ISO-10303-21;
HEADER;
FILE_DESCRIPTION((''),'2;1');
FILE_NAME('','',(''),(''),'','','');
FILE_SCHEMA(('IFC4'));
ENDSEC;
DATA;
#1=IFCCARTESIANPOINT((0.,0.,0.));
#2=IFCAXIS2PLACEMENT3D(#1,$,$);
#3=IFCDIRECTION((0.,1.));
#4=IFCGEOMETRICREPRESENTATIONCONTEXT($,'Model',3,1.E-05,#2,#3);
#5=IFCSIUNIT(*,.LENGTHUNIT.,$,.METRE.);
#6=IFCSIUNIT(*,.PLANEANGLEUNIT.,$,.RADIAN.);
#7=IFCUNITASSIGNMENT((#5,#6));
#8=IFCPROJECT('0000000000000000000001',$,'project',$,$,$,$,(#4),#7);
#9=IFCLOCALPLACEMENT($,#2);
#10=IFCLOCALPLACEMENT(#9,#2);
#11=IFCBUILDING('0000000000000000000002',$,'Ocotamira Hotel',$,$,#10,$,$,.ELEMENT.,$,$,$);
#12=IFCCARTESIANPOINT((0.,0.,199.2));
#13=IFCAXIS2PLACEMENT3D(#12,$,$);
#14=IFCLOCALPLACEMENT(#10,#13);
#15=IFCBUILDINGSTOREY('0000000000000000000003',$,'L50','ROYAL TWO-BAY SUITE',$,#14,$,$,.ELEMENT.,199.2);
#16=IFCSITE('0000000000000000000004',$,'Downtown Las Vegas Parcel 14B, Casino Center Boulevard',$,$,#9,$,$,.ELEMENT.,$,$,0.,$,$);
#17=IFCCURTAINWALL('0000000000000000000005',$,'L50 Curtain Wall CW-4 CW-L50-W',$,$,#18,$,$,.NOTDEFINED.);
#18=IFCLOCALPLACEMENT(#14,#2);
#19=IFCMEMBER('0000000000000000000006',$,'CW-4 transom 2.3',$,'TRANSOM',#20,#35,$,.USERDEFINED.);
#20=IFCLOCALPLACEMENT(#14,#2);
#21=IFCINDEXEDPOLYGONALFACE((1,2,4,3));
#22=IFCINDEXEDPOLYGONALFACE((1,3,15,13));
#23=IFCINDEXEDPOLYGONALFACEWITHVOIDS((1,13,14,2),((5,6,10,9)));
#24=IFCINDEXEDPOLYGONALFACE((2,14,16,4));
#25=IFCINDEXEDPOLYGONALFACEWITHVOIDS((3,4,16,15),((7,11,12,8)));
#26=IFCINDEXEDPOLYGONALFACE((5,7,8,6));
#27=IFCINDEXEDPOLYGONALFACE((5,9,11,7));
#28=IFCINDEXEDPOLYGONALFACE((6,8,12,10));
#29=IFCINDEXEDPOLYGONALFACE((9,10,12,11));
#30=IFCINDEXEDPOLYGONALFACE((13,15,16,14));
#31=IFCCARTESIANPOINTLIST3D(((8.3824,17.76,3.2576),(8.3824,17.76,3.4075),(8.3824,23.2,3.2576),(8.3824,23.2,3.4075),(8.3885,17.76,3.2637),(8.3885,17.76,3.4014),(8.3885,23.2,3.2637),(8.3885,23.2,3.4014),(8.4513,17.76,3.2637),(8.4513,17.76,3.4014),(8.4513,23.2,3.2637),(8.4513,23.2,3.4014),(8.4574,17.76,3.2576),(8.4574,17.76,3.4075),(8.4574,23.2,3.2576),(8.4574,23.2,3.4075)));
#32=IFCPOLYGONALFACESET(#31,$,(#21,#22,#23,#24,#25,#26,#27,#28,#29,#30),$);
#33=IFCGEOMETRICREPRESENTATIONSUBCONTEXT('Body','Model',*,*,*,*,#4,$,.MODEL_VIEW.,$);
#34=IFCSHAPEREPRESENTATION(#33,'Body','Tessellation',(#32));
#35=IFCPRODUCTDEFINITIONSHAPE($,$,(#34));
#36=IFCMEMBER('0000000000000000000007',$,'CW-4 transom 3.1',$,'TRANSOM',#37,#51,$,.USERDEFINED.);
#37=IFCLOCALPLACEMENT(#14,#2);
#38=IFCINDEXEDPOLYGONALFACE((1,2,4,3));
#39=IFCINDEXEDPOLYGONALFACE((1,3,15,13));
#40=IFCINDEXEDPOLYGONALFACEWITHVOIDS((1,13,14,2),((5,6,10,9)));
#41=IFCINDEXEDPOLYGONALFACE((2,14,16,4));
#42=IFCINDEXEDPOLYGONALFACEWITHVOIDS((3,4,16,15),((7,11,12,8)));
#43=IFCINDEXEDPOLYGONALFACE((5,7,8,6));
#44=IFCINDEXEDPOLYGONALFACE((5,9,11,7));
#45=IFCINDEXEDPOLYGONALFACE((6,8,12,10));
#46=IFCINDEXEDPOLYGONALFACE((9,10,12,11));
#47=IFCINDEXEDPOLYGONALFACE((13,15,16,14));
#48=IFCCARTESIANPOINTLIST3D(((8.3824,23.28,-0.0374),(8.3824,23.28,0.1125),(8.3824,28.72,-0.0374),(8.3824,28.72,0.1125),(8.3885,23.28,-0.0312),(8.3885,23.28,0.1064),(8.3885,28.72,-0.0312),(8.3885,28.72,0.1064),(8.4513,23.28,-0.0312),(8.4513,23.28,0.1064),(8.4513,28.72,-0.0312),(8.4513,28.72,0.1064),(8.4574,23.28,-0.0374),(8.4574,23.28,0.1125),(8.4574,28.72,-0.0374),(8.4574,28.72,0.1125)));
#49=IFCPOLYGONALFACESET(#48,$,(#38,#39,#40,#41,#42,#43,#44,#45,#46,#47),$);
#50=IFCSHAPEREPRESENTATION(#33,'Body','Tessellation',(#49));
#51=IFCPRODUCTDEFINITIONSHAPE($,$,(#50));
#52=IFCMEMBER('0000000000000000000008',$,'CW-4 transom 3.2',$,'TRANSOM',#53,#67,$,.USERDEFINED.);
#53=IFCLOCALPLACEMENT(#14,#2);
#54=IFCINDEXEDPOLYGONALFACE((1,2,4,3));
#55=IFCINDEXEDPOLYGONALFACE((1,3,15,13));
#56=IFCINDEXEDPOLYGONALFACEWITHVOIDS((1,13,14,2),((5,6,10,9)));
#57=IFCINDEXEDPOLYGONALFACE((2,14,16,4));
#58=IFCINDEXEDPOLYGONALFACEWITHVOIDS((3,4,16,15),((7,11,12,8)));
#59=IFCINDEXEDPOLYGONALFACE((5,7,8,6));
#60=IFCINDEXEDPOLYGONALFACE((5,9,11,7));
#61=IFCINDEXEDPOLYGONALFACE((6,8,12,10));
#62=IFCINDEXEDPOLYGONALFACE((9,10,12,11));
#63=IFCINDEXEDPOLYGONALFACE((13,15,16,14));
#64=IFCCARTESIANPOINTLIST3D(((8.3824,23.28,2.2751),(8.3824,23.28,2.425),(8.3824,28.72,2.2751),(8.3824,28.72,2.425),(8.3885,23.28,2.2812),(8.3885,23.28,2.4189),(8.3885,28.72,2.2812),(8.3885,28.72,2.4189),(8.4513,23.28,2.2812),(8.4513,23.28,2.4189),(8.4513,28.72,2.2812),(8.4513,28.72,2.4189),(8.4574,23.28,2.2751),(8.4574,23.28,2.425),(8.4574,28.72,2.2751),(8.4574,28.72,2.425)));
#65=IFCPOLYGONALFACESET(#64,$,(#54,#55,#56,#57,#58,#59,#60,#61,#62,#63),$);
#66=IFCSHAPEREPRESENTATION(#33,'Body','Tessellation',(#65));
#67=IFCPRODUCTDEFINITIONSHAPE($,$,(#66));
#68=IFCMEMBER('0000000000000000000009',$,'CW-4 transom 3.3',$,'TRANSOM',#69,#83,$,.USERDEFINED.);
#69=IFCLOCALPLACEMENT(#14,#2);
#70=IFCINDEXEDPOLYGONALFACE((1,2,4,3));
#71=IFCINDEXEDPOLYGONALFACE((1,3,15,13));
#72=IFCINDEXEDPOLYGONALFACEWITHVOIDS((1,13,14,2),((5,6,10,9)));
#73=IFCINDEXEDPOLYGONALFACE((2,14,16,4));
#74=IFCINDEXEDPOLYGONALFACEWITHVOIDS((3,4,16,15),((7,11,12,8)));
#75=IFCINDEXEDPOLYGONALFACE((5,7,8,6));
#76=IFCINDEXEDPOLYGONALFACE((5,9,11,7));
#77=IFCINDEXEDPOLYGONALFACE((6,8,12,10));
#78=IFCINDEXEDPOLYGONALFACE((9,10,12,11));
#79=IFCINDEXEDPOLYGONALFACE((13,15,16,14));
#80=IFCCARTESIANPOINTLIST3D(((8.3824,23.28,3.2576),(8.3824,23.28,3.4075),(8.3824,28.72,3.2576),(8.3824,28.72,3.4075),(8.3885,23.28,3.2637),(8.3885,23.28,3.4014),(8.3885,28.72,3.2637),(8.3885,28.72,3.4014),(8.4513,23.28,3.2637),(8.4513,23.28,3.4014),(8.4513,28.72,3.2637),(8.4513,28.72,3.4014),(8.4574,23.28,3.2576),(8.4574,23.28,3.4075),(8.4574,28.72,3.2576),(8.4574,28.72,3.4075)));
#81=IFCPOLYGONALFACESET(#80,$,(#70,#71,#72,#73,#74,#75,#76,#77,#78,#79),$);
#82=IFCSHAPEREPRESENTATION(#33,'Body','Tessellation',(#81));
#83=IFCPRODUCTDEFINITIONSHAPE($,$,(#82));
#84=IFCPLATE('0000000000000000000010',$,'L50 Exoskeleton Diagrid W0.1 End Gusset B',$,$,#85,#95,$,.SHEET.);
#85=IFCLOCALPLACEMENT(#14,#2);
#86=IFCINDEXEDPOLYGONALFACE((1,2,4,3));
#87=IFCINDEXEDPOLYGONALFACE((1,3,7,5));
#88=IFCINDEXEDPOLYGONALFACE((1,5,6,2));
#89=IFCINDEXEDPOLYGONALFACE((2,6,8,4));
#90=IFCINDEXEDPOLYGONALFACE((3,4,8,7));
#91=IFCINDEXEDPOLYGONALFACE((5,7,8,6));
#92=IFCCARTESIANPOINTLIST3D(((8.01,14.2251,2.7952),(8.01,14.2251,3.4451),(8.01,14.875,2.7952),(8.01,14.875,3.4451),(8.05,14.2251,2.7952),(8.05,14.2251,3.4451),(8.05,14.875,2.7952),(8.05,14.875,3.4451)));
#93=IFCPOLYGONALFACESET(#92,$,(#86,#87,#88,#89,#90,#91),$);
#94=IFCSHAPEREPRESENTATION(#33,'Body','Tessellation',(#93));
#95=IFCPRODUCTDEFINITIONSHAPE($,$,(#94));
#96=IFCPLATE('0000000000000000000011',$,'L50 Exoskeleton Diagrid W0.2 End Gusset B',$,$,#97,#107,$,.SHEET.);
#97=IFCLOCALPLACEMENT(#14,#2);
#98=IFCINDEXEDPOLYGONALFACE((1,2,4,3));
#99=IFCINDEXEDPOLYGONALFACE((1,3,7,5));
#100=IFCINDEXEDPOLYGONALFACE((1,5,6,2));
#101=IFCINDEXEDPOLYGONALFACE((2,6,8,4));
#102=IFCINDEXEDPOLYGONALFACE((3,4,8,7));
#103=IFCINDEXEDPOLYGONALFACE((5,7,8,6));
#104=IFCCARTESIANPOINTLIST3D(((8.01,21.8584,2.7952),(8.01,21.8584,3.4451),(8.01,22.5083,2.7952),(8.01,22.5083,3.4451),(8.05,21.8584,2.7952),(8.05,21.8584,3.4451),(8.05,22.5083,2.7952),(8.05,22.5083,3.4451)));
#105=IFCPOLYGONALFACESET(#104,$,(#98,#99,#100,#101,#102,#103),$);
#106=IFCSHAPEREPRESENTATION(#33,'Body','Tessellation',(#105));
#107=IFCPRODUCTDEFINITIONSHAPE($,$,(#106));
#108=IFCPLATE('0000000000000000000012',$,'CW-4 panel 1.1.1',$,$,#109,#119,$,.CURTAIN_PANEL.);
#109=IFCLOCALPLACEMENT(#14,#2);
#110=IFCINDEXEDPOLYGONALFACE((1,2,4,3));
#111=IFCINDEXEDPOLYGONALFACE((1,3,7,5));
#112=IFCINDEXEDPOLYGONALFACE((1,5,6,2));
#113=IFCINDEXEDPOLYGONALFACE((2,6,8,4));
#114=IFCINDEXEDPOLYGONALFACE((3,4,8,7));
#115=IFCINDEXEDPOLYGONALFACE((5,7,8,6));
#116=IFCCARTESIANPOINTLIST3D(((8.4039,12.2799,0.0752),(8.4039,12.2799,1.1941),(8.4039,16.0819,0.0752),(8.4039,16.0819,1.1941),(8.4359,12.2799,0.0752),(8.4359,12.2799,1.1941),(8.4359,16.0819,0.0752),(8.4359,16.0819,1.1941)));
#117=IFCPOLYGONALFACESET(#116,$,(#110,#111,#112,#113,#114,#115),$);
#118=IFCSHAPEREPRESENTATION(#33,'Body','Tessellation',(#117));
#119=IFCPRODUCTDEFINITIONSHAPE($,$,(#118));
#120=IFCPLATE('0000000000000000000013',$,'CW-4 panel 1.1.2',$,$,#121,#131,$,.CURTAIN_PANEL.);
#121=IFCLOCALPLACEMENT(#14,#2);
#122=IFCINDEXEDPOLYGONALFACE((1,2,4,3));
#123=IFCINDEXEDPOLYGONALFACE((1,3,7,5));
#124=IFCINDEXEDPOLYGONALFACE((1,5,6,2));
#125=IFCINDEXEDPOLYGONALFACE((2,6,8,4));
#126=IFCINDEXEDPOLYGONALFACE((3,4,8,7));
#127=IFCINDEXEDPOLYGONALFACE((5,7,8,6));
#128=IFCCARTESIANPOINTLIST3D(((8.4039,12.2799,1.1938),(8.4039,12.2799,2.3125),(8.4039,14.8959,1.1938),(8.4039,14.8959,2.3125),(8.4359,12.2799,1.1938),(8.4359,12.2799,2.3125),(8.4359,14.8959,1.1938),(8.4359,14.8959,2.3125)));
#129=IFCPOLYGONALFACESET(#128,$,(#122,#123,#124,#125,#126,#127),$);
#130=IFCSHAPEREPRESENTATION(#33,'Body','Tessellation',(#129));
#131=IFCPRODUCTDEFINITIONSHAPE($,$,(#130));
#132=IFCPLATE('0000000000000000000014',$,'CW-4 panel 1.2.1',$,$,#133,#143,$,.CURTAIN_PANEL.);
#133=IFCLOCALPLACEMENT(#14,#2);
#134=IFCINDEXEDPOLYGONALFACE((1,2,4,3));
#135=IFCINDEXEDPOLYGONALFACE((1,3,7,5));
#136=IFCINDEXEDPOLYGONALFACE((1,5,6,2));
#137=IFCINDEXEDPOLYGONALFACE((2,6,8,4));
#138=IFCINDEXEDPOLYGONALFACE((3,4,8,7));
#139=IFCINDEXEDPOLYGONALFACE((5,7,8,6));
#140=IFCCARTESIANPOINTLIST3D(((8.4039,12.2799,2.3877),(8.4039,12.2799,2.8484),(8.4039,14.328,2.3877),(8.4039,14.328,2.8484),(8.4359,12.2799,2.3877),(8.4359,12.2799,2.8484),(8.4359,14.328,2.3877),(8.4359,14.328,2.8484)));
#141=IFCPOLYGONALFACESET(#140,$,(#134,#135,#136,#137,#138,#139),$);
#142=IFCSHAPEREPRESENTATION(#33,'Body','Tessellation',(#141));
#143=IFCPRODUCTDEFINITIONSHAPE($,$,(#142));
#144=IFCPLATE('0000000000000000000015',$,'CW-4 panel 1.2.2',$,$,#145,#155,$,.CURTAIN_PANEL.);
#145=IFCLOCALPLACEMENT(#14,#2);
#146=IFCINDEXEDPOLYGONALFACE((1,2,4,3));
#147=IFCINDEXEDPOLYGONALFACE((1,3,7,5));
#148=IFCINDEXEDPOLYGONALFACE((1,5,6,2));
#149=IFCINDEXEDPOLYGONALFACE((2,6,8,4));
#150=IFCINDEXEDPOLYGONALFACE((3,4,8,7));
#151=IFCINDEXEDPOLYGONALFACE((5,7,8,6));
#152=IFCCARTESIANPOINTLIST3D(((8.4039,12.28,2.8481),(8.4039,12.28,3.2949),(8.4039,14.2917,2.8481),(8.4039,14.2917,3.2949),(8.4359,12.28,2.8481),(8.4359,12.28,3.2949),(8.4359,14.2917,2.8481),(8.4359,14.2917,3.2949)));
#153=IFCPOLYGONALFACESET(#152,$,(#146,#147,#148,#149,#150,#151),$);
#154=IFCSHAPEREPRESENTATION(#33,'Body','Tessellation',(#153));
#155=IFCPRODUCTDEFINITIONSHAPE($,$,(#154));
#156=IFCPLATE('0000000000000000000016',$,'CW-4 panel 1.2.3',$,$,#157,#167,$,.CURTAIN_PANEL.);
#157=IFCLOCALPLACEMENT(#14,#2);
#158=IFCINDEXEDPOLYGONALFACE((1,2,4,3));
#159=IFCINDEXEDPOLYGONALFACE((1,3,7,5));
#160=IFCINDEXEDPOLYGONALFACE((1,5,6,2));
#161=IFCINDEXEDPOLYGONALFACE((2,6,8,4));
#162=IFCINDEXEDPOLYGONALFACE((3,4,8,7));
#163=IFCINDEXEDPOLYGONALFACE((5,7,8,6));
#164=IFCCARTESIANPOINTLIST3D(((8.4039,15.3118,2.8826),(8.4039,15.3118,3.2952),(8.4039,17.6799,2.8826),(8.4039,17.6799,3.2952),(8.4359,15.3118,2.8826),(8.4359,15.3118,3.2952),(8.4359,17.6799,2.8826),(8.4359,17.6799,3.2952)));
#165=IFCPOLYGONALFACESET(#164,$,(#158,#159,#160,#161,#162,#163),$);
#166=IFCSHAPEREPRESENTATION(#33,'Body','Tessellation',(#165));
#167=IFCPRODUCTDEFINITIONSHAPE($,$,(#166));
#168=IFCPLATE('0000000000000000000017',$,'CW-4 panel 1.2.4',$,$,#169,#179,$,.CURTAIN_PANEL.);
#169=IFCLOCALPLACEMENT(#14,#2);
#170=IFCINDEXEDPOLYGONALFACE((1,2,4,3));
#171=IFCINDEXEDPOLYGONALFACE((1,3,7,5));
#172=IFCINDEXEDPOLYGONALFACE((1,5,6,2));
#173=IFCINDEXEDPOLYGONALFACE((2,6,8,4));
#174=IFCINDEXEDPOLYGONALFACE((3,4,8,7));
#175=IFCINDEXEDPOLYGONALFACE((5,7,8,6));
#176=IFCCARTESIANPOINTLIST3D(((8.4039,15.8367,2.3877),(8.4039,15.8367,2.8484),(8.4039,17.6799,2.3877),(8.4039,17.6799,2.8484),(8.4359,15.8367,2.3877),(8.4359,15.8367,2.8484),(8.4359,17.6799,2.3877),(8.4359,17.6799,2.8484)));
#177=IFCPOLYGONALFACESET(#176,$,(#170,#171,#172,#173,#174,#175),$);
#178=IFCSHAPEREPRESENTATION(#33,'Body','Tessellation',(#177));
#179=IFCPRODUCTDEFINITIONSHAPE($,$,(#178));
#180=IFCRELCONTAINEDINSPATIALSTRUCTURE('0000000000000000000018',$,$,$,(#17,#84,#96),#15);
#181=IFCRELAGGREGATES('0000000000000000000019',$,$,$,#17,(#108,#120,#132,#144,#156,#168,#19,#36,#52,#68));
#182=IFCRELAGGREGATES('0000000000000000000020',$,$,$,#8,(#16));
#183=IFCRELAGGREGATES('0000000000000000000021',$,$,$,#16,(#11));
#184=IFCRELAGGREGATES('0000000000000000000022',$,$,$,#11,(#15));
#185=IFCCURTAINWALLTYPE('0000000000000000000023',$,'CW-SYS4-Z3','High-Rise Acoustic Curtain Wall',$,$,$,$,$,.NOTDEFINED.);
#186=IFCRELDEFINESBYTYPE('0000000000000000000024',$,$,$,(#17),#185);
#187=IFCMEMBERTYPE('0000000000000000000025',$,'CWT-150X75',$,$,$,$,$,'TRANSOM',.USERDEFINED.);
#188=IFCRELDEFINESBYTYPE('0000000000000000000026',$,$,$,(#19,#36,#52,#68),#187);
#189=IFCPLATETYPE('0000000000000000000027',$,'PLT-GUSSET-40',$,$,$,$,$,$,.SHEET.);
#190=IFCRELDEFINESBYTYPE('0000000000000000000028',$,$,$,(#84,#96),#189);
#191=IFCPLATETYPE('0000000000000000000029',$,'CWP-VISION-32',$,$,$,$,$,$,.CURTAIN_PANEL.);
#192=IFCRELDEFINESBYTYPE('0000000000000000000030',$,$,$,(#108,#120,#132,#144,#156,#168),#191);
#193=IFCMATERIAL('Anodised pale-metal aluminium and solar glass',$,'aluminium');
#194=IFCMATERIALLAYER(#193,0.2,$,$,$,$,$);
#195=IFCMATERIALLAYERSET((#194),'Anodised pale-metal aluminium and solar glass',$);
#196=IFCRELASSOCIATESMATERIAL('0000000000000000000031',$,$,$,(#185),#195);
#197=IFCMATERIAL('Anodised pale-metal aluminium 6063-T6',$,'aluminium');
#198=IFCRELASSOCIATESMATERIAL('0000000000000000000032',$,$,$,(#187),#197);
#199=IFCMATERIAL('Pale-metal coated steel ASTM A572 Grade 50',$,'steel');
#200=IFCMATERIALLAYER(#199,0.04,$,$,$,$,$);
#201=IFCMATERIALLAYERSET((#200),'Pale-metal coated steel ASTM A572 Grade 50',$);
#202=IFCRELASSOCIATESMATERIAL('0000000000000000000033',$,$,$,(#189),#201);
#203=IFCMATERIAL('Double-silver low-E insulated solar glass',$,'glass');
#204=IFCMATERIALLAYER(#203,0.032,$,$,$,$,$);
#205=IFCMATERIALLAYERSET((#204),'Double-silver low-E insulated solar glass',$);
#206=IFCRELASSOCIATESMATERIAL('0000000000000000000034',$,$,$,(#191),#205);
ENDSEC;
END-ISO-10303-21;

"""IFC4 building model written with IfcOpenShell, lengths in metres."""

from ifc_helpers import new_model, si_unit, direction, frame, origin, origin_2d, place, context, subcontext, project, spatial, rectangle, hollow_rectangle, extrude, source, transform, mapped, material, layer, layer_set, material_profile, profile_set, type_object, element, aggregate, save


model = new_model("IFC4")

# Units and contexts
model_context = context("Model", 3, precision=1e-05, world=origin(), true_north=direction((0.0, 1.0)))
body_context = subcontext(model_context, "Body", "Model", "MODEL_VIEW")
ifc_project = project(units=[si_unit("LENGTHUNIT", "METRE"), si_unit("PLANEANGLEUNIT", "RADIAN")], contexts=[model_context])

# Site, building, storey
site_placement = place(None, origin())
site = spatial("IfcSite", under=ifc_project, at=site_placement, Name="Downtown Las Vegas Parcel 14B, Casino Center Boulevard", CompositionType="ELEMENT", RefElevation=0.0)
building_placement = place(site_placement, origin())
building = spatial("IfcBuilding", under=site, at=building_placement, Name="Ocotamira Hotel", CompositionType="ELEMENT")
storey_placement = place(building_placement, frame((0.0, 0.0, 199.2)))
storey = spatial("IfcBuildingStorey", under=building, at=storey_placement, Name="L50", Description="ROYAL TWO-BAY SUITE", CompositionType="ELEMENT", Elevation=199.2)

# Curtain wall, members
ifc_material_1 = material(Name="Anodised pale-metal aluminium and solar glass", Category="aluminium")
ifc_layer_1 = layer(ifc_material_1, 0.2)
ifc_layer_set_1 = layer_set([ifc_layer_1], Name="Anodised pale-metal aluminium and solar glass")
curtain_wall_type = type_object("IfcCurtainWallType", Name="CW-SYS4-Z3", Description="High-Rise Acoustic Curtain Wall", PredefinedType="NOTDEFINED", material=ifc_layer_set_1)
curtain_wall_placement = place(storey_placement, origin())
curtain_wall = element("IfcCurtainWall", 1, at=curtain_wall_placement, inside=storey, type_object=curtain_wall_type, Name="L50 Curtain Wall CW-4 CW-L50-W", PredefinedType="NOTDEFINED")
ifc_material_2 = material(Name="Anodised pale-metal aluminium 6063-T6", Category="aluminium")
ifc_material_profile_1 = material_profile(ifc_material_2, hollow_rectangle(XDim=0.075, YDim=0.1499, WallThickness=0.0061, at=origin_2d()), Name="HSS150X75X6")
ifc_profile_set_1 = profile_set([ifc_material_profile_1], Name="Anodised pale-metal aluminium 6063-T6")
member_type_1 = type_object("IfcMemberType", Name="CWT-150X75", ElementType="TRANSOM", PredefinedType="USERDEFINED", material=ifc_profile_set_1)
shared_shape_1 = source(origin(), body_context, "Body", "SweptSolid", [
    extrude(hollow_rectangle(XDim=0.075, YDim=0.1499, WallThickness=0.0061, at=origin_2d()), origin(), (0.0, 0.0, 1.0), 5.4399),
])
member_1_placement = place(storey_placement, frame((8.4199, 17.76, 3.3325), z_axis=(0.0, 1.0, 0.0), x_axis=(-1.0, 0.0, 0.0)))
member_1 = element("IfcMember", 2, at=member_1_placement, type_object=member_type_1, Name="CW-4 transom 2.3", ObjectType="TRANSOM", PredefinedType="USERDEFINED", context=body_context, shape_type="MappedRepresentation", body=[
    mapped(shared_shape_1, transform((0.0, 0.0, 0.0), scale=1.0)),
])
member_2_placement = place(storey_placement, frame((8.4199, 23.28, 0.0376), z_axis=(0.0, 1.0, 0.0), x_axis=(-1.0, 0.0, 0.0)))
member_2 = element("IfcMember", 3, at=member_2_placement, type_object=member_type_1, Name="CW-4 transom 3.1", ObjectType="TRANSOM", PredefinedType="USERDEFINED", context=body_context, shape_type="MappedRepresentation", body=[
    mapped(shared_shape_1, transform((0.0, 0.0, 0.0), scale=1.0)),
])
member_3_placement = place(storey_placement, frame((8.4199, 23.28, 2.3501), z_axis=(0.0, 1.0, 0.0), x_axis=(-1.0, 0.0, 0.0)))
member_3 = element("IfcMember", 4, at=member_3_placement, type_object=member_type_1, Name="CW-4 transom 3.2", ObjectType="TRANSOM", PredefinedType="USERDEFINED", context=body_context, shape_type="MappedRepresentation", body=[
    mapped(shared_shape_1, transform((0.0, 0.0, 0.0), scale=1.0)),
])
member_4_placement = place(storey_placement, frame((8.4199, 23.28, 3.3325), z_axis=(0.0, 1.0, 0.0), x_axis=(-1.0, 0.0, 0.0)))
member_4 = element("IfcMember", 5, at=member_4_placement, type_object=member_type_1, Name="CW-4 transom 3.3", ObjectType="TRANSOM", PredefinedType="USERDEFINED", context=body_context, shape_type="MappedRepresentation", body=[
    mapped(shared_shape_1, transform((0.0, 0.0, 0.0), scale=1.0)),
])

# Plates
ifc_material_3 = material(Name="Pale-metal coated steel ASTM A572 Grade 50", Category="steel")
ifc_layer_2 = layer(ifc_material_3, 0.04)
ifc_layer_set_2 = layer_set([ifc_layer_2], Name="Pale-metal coated steel ASTM A572 Grade 50")
plate_type_1 = type_object("IfcPlateType", Name="PLT-GUSSET-40", PredefinedType="SHEET", material=ifc_layer_set_2)
shared_shape_2 = source(origin(), body_context, "Body", "SweptSolid", [
    extrude(rectangle(XDim=0.04, YDim=0.6499, at=origin_2d()), origin(), (0.0, 0.0, 1.0), 0.6499),
])
for number, where, z_axis, x_axis, name in (
    (6, (8.03, 14.55, 2.7952), (0.0, 0.0, 1.0), (1.0, 0.0, 0.0), "L50 Exoskeleton Diagrid W0.1 End Gusset B"),
    (7, (8.03, 22.1833, 2.7952), (0.0, 0.0, 1.0), (1.0, 0.0, 0.0), "L50 Exoskeleton Diagrid W0.2 End Gusset B"),
):
    element("IfcPlate", number, at=place(storey_placement, frame(where, z_axis=z_axis, x_axis=x_axis)), inside=storey, type_object=plate_type_1, Name=name, PredefinedType="SHEET", context=body_context, shape_type="MappedRepresentation", body=[
        mapped(shared_shape_2, transform((0.0, 0.0, 0.0), scale=1.0)),
    ])

# Plates
ifc_material_4 = material(Name="Double-silver low-E insulated solar glass", Category="glass")
ifc_layer_3 = layer(ifc_material_4, 0.032)
ifc_layer_set_3 = layer_set([ifc_layer_3], Name="Double-silver low-E insulated solar glass")
plate_type_2 = type_object("IfcPlateType", Name="CWP-VISION-32", PredefinedType="CURTAIN_PANEL", material=ifc_layer_set_3)
shared_shape_3 = source(origin(), body_context, "Body", "SweptSolid", [
    extrude(rectangle(XDim=3.802, YDim=0.032, at=origin_2d()), origin(), (0.0, 0.0, 1.0), 1.1189),
])
plate_1_placement = place(storey_placement, frame((8.4199, 14.1809, 0.0752), z_axis=(0.0, 0.0, 1.0), x_axis=(0.0, 1.0, 0.0)))
plate_1 = element("IfcPlate", 8, at=plate_1_placement, type_object=plate_type_2, Name="CW-4 panel 1.1.1", PredefinedType="CURTAIN_PANEL", context=body_context, shape_type="MappedRepresentation", body=[
    mapped(shared_shape_3, transform((0.0, 0.0, 0.0), scale=1.0)),
])
shared_shape_4 = source(origin(), body_context, "Body", "SweptSolid", [
    extrude(rectangle(XDim=2.616, YDim=0.032, at=origin_2d()), origin(), (0.0, 0.0, 1.0), 1.1187),
])
plate_2_placement = place(storey_placement, frame((8.4199, 13.5879, 1.1938), z_axis=(0.0, 0.0, 1.0), x_axis=(0.0, 1.0, 0.0)))
plate_2 = element("IfcPlate", 9, at=plate_2_placement, type_object=plate_type_2, Name="CW-4 panel 1.1.2", PredefinedType="CURTAIN_PANEL", context=body_context, shape_type="MappedRepresentation", body=[
    mapped(shared_shape_4, transform((0.0, 0.0, 0.0), scale=1.0)),
])
shared_shape_5 = source(origin(), body_context, "Body", "SweptSolid", [
    extrude(rectangle(XDim=2.0481, YDim=0.032, at=origin_2d()), origin(), (0.0, 0.0, 1.0), 0.4607),
])
plate_3_placement = place(storey_placement, frame((8.4199, 13.304, 2.3877), z_axis=(0.0, 0.0, 1.0), x_axis=(0.0, 1.0, 0.0)))
plate_3 = element("IfcPlate", 10, at=plate_3_placement, type_object=plate_type_2, Name="CW-4 panel 1.2.1", PredefinedType="CURTAIN_PANEL", context=body_context, shape_type="MappedRepresentation", body=[
    mapped(shared_shape_5, transform((0.0, 0.0, 0.0), scale=1.0)),
])
shared_shape_6 = source(origin(), body_context, "Body", "SweptSolid", [
    extrude(rectangle(XDim=2.0117, YDim=0.032, at=origin_2d()), origin(), (0.0, 0.0, 1.0), 0.4468),
])
plate_4_placement = place(storey_placement, frame((8.4199, 13.2859, 2.8481), z_axis=(0.0, 0.0, 1.0), x_axis=(0.0, 1.0, 0.0)))
plate_4 = element("IfcPlate", 11, at=plate_4_placement, type_object=plate_type_2, Name="CW-4 panel 1.2.2", PredefinedType="CURTAIN_PANEL", context=body_context, shape_type="MappedRepresentation", body=[
    mapped(shared_shape_6, transform((0.0, 0.0, 0.0), scale=1.0)),
])
shared_shape_7 = source(origin(), body_context, "Body", "SweptSolid", [
    extrude(rectangle(XDim=2.3682, YDim=0.032, at=origin_2d()), origin(), (0.0, 0.0, 1.0), 0.4126),
])
plate_5_placement = place(storey_placement, frame((8.4199, 16.4958, 2.8826), z_axis=(0.0, 0.0, 1.0), x_axis=(0.0, 1.0, 0.0)))
plate_5 = element("IfcPlate", 12, at=plate_5_placement, type_object=plate_type_2, Name="CW-4 panel 1.2.3", PredefinedType="CURTAIN_PANEL", context=body_context, shape_type="MappedRepresentation", body=[
    mapped(shared_shape_7, transform((0.0, 0.0, 0.0), scale=1.0)),
])
shared_shape_8 = source(origin(), body_context, "Body", "SweptSolid", [
    extrude(rectangle(XDim=1.8433, YDim=0.032, at=origin_2d()), origin(), (0.0, 0.0, 1.0), 0.4607),
])
plate_6_placement = place(storey_placement, frame((8.4199, 16.7583, 2.3877), z_axis=(0.0, 0.0, 1.0), x_axis=(0.0, 1.0, 0.0)))
plate_6 = element("IfcPlate", 13, at=plate_6_placement, type_object=plate_type_2, Name="CW-4 panel 1.2.4", PredefinedType="CURTAIN_PANEL", context=body_context, shape_type="MappedRepresentation", body=[
    mapped(shared_shape_8, transform((0.0, 0.0, 0.0), scale=1.0)),
])
aggregate(curtain_wall, [plate_1, plate_2, plate_3, plate_4, plate_5, plate_6, member_1, member_2, member_3, member_4])

save(model, "model.ifc")
